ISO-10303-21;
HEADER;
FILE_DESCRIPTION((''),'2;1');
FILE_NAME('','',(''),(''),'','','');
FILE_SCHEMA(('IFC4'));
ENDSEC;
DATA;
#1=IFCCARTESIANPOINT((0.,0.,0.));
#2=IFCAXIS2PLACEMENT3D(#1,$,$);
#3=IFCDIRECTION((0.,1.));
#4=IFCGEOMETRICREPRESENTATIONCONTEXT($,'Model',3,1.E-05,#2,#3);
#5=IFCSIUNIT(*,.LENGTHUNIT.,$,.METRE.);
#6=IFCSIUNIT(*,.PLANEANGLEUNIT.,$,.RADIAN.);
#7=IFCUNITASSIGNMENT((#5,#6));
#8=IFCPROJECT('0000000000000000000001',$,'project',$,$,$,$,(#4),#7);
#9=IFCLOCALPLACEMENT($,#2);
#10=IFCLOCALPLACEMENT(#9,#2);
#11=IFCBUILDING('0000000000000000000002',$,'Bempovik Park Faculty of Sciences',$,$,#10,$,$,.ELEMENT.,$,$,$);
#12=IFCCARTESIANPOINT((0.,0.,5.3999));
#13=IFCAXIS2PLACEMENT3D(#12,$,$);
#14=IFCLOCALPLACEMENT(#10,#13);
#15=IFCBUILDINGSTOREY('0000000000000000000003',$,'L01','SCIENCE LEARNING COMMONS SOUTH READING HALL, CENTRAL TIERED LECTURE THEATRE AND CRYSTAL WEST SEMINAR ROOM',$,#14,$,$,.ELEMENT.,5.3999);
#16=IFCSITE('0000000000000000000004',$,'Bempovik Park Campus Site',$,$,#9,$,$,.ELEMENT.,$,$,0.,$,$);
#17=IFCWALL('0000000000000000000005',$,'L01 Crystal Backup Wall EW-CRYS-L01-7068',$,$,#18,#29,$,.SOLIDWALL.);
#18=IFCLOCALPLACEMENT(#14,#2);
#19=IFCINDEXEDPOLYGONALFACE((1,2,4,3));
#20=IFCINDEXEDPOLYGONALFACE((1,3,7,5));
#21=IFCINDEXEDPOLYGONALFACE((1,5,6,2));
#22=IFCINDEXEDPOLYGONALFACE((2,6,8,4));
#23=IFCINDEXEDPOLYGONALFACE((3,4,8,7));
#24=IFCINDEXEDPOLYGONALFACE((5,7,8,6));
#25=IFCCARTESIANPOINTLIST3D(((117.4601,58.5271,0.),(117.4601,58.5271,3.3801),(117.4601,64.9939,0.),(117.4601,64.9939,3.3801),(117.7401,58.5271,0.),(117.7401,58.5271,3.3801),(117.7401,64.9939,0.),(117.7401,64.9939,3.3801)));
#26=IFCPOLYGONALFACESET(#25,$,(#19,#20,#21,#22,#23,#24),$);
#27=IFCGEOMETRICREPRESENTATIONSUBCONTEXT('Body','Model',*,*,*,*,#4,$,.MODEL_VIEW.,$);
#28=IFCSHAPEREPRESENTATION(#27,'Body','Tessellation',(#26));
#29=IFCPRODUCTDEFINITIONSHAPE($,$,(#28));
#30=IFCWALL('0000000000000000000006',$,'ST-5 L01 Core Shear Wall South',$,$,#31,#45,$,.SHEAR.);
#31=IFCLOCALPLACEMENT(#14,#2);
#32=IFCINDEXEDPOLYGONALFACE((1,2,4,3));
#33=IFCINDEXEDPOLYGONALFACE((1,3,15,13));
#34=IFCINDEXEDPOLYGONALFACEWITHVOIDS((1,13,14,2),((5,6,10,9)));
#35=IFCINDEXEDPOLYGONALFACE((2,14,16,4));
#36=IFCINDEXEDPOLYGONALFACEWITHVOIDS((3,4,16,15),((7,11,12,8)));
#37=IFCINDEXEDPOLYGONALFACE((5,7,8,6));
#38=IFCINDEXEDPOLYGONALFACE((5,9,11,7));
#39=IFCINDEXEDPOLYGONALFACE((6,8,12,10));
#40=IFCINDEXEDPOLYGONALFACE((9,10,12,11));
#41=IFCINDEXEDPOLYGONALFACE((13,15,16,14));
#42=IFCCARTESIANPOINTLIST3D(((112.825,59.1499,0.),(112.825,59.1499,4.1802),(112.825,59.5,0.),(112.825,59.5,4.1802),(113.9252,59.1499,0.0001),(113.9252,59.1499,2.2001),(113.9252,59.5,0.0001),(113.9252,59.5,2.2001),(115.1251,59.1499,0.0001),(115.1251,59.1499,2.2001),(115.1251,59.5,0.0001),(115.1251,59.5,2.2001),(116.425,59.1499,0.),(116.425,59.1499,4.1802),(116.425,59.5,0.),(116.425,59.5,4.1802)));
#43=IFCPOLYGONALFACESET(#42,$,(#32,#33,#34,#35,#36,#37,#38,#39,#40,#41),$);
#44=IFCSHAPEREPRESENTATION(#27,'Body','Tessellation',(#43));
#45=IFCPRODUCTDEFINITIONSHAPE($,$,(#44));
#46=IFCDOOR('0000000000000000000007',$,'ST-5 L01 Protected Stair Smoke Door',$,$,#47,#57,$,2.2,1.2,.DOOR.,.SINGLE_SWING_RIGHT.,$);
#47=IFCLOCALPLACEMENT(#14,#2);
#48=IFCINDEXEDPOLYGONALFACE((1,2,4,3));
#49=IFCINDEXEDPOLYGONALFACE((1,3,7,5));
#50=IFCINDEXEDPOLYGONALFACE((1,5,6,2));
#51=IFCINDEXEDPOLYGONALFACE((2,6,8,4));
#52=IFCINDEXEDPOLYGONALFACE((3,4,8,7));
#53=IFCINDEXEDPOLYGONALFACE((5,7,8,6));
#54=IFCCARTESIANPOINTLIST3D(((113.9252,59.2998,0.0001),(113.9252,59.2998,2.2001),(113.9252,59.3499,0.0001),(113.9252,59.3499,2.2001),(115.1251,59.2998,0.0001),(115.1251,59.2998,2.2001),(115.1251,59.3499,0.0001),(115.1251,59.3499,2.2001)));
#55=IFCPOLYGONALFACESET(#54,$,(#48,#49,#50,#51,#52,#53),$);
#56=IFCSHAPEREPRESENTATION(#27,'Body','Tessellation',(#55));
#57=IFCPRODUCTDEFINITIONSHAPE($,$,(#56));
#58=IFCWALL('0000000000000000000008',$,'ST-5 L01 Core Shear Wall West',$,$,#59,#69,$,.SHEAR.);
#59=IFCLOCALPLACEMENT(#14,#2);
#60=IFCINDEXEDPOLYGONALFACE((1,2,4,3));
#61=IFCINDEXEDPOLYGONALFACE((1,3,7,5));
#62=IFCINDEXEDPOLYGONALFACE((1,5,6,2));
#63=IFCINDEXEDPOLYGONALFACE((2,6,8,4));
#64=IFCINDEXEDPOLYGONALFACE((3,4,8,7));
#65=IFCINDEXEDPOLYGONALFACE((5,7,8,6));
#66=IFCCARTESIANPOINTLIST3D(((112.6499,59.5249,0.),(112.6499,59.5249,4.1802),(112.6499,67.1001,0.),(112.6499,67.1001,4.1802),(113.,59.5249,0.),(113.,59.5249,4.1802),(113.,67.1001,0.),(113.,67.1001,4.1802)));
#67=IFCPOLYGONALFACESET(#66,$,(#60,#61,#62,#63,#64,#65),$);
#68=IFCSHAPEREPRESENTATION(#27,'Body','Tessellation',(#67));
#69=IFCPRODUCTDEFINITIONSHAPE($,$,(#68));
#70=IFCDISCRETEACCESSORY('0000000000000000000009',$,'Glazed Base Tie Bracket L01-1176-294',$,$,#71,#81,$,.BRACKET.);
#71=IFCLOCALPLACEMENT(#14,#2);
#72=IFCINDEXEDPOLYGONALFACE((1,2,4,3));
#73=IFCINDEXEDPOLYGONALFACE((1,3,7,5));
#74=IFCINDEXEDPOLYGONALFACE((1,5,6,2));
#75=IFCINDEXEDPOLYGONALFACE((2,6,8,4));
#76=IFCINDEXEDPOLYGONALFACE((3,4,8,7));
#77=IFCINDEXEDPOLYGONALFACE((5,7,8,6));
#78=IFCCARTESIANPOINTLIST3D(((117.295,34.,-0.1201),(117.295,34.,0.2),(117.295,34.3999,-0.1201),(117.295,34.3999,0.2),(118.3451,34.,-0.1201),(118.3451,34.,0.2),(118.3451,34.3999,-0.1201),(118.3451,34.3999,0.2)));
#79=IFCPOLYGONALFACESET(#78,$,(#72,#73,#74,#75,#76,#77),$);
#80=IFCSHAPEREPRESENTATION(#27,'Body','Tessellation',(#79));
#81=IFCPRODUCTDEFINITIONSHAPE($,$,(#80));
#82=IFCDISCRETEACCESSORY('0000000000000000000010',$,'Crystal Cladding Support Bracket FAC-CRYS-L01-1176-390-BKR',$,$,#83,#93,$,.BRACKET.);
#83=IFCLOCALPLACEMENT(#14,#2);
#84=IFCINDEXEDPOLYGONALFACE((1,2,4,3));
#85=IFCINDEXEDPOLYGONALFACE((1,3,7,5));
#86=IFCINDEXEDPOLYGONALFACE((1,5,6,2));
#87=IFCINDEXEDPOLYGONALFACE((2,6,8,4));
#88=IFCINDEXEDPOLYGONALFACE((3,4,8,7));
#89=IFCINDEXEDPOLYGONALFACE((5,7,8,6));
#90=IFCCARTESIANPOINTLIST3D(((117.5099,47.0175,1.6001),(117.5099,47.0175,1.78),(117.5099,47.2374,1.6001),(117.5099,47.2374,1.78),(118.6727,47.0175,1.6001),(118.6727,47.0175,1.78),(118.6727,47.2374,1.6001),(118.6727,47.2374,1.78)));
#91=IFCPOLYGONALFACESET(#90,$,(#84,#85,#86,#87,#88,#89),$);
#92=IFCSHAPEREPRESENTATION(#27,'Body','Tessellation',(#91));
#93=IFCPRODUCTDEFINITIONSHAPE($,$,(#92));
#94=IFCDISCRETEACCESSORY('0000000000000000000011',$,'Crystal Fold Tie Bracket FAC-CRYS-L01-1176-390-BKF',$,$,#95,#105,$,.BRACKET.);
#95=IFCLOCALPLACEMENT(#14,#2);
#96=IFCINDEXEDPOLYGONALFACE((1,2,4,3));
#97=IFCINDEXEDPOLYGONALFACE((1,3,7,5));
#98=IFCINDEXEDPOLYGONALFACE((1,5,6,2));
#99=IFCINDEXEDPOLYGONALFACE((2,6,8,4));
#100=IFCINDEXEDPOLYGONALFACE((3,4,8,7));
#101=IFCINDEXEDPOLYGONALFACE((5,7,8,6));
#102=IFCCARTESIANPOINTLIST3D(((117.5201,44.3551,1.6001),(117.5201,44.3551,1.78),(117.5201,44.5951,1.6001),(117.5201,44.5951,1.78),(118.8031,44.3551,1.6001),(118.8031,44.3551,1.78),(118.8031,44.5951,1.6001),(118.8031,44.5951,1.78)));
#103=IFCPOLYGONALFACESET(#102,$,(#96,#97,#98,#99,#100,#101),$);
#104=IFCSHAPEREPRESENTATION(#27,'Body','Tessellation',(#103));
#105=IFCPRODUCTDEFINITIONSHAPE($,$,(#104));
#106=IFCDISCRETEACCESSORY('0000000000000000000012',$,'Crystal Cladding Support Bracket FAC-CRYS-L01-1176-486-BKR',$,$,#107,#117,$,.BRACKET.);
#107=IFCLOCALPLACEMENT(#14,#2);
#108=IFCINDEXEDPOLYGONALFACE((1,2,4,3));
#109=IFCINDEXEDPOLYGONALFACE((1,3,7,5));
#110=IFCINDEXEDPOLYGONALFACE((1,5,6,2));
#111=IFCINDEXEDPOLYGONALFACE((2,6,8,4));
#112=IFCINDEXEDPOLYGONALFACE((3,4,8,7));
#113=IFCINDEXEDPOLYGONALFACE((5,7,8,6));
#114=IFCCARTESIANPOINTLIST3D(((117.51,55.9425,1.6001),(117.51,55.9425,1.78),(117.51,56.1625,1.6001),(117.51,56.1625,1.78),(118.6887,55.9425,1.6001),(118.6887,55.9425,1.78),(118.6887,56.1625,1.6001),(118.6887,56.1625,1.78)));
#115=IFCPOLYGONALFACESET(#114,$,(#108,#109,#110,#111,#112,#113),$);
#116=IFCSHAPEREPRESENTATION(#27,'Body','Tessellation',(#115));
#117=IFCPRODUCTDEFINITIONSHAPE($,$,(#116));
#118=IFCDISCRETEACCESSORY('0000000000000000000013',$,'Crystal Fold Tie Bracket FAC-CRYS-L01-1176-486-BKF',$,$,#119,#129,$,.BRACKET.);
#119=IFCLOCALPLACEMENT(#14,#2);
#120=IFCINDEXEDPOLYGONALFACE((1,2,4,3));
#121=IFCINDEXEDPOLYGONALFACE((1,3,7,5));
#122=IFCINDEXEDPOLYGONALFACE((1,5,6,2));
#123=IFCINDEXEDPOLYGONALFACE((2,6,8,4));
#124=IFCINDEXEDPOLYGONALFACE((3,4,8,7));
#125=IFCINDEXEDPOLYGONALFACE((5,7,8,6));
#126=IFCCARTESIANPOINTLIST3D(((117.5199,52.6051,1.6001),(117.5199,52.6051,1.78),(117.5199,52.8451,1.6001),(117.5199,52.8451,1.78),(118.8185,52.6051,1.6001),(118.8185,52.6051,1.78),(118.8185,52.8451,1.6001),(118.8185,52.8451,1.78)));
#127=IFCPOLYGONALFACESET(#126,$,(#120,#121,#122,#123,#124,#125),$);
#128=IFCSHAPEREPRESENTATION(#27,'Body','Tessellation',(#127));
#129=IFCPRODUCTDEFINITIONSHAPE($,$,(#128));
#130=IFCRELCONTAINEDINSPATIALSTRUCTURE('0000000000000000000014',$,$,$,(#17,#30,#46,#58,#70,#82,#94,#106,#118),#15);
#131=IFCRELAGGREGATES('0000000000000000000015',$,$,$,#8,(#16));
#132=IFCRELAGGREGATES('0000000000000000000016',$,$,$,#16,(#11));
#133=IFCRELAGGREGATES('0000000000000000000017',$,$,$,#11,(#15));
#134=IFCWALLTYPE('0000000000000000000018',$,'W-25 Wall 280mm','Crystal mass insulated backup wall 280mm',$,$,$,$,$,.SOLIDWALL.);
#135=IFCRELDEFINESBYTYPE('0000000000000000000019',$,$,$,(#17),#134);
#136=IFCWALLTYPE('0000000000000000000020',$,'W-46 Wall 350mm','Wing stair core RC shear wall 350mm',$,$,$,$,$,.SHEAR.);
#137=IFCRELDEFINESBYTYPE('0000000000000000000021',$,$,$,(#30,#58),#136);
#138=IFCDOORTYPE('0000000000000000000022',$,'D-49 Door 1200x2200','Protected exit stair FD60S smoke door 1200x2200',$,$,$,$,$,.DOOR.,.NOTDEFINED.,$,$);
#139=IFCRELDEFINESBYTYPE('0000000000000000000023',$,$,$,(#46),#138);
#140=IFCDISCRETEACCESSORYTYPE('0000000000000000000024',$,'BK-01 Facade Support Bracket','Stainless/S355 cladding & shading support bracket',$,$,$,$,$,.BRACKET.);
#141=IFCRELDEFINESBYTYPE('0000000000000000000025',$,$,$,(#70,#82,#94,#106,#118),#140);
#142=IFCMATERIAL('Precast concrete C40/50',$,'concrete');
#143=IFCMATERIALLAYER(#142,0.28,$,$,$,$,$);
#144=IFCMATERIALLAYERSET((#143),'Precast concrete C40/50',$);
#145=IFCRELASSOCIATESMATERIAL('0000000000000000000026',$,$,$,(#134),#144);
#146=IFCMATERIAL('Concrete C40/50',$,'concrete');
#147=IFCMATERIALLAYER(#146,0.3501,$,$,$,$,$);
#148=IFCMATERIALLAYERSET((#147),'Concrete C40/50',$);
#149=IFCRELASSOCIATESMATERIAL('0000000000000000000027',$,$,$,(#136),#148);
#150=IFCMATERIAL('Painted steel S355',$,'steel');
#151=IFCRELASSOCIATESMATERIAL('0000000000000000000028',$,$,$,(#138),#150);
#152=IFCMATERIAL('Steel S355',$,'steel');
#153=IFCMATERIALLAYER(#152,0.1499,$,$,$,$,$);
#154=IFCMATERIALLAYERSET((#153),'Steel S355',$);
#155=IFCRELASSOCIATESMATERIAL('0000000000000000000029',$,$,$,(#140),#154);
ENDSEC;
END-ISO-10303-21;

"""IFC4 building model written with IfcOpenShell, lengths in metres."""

from ifc_helpers import new_model, si_unit, direction, frame, frame_2d, origin, origin_2d, place, context, subcontext, project, spatial, rectangle, extrude, material, layer, layer_set, type_object, element, fill, save


model = new_model("IFC4")

# Units and contexts
model_context = context("Model", 3, precision=1e-05, world=origin(), true_north=direction((0.0, 1.0)))
body_context = subcontext(model_context, "Body", "Model", "MODEL_VIEW")
ifc_project = project(units=[si_unit("LENGTHUNIT", "METRE"), si_unit("PLANEANGLEUNIT", "RADIAN")], contexts=[model_context])

# Site, building, storey
site_placement = place(None, origin())
site = spatial("IfcSite", under=ifc_project, at=site_placement, Name="Bempovik Park Campus Site", CompositionType="ELEMENT", RefElevation=0.0)
building_placement = place(site_placement, origin())
building = spatial("IfcBuilding", under=site, at=building_placement, Name="Bempovik Park Faculty of Sciences", CompositionType="ELEMENT")
storey_placement = place(building_placement, frame((0.0, 0.0, 5.3999)))
storey = spatial("IfcBuildingStorey", under=building, at=storey_placement, Name="L01", Description="SCIENCE LEARNING COMMONS SOUTH READING HALL, CENTRAL TIERED LECTURE THEATRE AND CRYSTAL WEST SEMINAR ROOM", CompositionType="ELEMENT", Elevation=5.3999)

# Shared definitions
ifc_material_1 = material(Name="Concrete C40/50", Category="concrete")

# Wall
ifc_material_2 = material(Name="Precast concrete C40/50", Category="concrete")
ifc_layer_1 = layer(ifc_material_2, 0.28)
ifc_layer_set_1 = layer_set([ifc_layer_1], Name="Precast concrete C40/50")
wall_type_1 = type_object("IfcWallType", Name="W-25 Wall 280mm", Description="Crystal mass insulated backup wall 280mm", PredefinedType="SOLIDWALL", material=ifc_layer_set_1)
wall_1_placement = place(storey_placement, frame((117.6001, 58.5271, 0.0), z_axis=(0.0, 0.0, 1.0), x_axis=(0.0, 1.0, 0.0)))
element("IfcWall", 1, at=wall_1_placement, inside=storey, type_object=wall_type_1, Name="L01 Crystal Backup Wall EW-CRYS-L01-7068", PredefinedType="SOLIDWALL", context=body_context, shape_type="SweptSolid", body=[
    extrude(rectangle(XDim=6.4668, YDim=0.28, at=frame_2d((3.2334, 0.0))), origin(), (0.0, 0.0, 1.0), 3.3801),
])

# Wall, opening, door
ifc_layer_2 = layer(ifc_material_1, 0.3501)
ifc_layer_set_2 = layer_set([ifc_layer_2], Name="Concrete C40/50")
wall_type_2 = type_object("IfcWallType", Name="W-46 Wall 350mm", Description="Wing stair core RC shear wall 350mm", PredefinedType="SHEAR", material=ifc_layer_set_2)
wall_2_placement = place(storey_placement, frame((112.825, 59.325, 0.0), z_axis=(0.0, 0.0, 1.0), x_axis=(1.0, 0.0, 0.0)))
wall_2 = element("IfcWall", 2, at=wall_2_placement, inside=storey, type_object=wall_type_2, Name="ST-5 L01 Core Shear Wall South", PredefinedType="SHEAR", context=body_context, shape_type="SweptSolid", body=[
    extrude(rectangle(XDim=3.6001, YDim=0.3501, at=frame_2d((1.8, 0.0))), origin(), (0.0, 0.0, 1.0), 4.1802),
])
opening_placement = place(wall_2_placement, frame((1.1001, 0.0, 0.0)))
opening = element("IfcOpeningElement", 3, at=opening_placement, cuts=wall_2, PredefinedType="OPENING", context=body_context, shape_type="SweptSolid", body=[
    extrude(rectangle(XDim=1.2, YDim=2.2, at=frame_2d((0.6001, 1.1001))), frame((0.0, 0.1851, 0.0), z_axis=(0.0, -1.0, 0.0), x_axis=(1.0, 0.0, 0.0)), (0.0, 0.0, 1.0), 0.3701),
])
ifc_material_3 = material(Name="Painted steel S355", Category="steel")
door_type = type_object("IfcDoorType", Name="D-49 Door 1200x2200", Description="Protected exit stair FD60S smoke door 1200x2200", OperationType="NOTDEFINED", PredefinedType="DOOR", material=ifc_material_3)
door_placement = place(opening_placement, origin())
door = element("IfcDoor", 4, at=door_placement, inside=storey, type_object=door_type, Name="ST-5 L01 Protected Stair Smoke Door", OperationType="SINGLE_SWING_RIGHT", OverallHeight=2.2, OverallWidth=1.2, PredefinedType="DOOR", context=body_context, shape_type="SweptSolid", body=[
    extrude(rectangle(XDim=1.2, YDim=2.2, at=frame_2d((0.6001, 1.1001))), frame((0.0, 0.0249, 0.0), z_axis=(0.0, -1.0, 0.0), x_axis=(1.0, 0.0, 0.0)), (0.0, 0.0, 1.0), 0.05),
])
fill(opening, door)

# Wall
wall_3_placement = place(storey_placement, frame((112.825, 59.5249, 0.0), z_axis=(0.0, 0.0, 1.0), x_axis=(0.0, 1.0, 0.0)))
element("IfcWall", 5, at=wall_3_placement, inside=storey, type_object=wall_type_2, Name="ST-5 L01 Core Shear Wall West", PredefinedType="SHEAR", context=body_context, shape_type="SweptSolid", body=[
    extrude(rectangle(XDim=7.5752, YDim=0.3501, at=frame_2d((3.7876, 0.0))), origin(), (0.0, 0.0, 1.0), 4.1802),
])

# Discrete accessories
ifc_material_4 = material(Name="Steel S355", Category="steel")
ifc_layer_3 = layer(ifc_material_4, 0.1499)
ifc_layer_set_3 = layer_set([ifc_layer_3], Name="Steel S355")
discrete_accessory_type = type_object("IfcDiscreteAccessoryType", Name="BK-01 Facade Support Bracket", Description="Stainless/S355 cladding & shading support bracket", PredefinedType="BRACKET", material=ifc_layer_set_3)
discrete_accessory_1_placement = place(storey_placement, frame((117.8201, 34.2, -0.1201), z_axis=(0.0, 0.0, 1.0), x_axis=(1.0, 0.0, 0.0)))
element("IfcDiscreteAccessory", 6, at=discrete_accessory_1_placement, inside=storey, type_object=discrete_accessory_type, Name="Glazed Base Tie Bracket L01-1176-294", PredefinedType="BRACKET", context=body_context, shape_type="SweptSolid", body=[
    extrude(rectangle(XDim=1.05, YDim=0.3999, at=origin_2d()), origin(), (0.0, 0.0, 1.0), 0.3201),
])
discrete_accessory_2_placement = place(storey_placement, frame((118.0913, 47.1274, 1.6001), z_axis=(0.0, 0.0, 1.0), x_axis=(1.0, 0.0, 0.0)))
element("IfcDiscreteAccessory", 7, at=discrete_accessory_2_placement, inside=storey, type_object=discrete_accessory_type, Name="Crystal Cladding Support Bracket FAC-CRYS-L01-1176-390-BKR", PredefinedType="BRACKET", context=body_context, shape_type="SweptSolid", body=[
    extrude(rectangle(XDim=1.1628, YDim=0.22, at=origin_2d()), origin(), (0.0, 0.0, 1.0), 0.1799),
])
discrete_accessory_3_placement = place(storey_placement, frame((118.1616, 44.4751, 1.6001), z_axis=(0.0, 0.0, 1.0), x_axis=(1.0, 0.0, 0.0)))
element("IfcDiscreteAccessory", 8, at=discrete_accessory_3_placement, inside=storey, type_object=discrete_accessory_type, Name="Crystal Fold Tie Bracket FAC-CRYS-L01-1176-390-BKF", PredefinedType="BRACKET", context=body_context, shape_type="SweptSolid", body=[
    extrude(rectangle(XDim=1.283, YDim=0.24, at=origin_2d()), origin(), (0.0, 0.0, 1.0), 0.1799),
])
discrete_accessory_4_placement = place(storey_placement, frame((118.0994, 56.0525, 1.6001), z_axis=(0.0, 0.0, 1.0), x_axis=(1.0, 0.0, 0.0)))
element("IfcDiscreteAccessory", 9, at=discrete_accessory_4_placement, inside=storey, type_object=discrete_accessory_type, Name="Crystal Cladding Support Bracket FAC-CRYS-L01-1176-486-BKR", PredefinedType="BRACKET", context=body_context, shape_type="SweptSolid", body=[
    extrude(rectangle(XDim=1.1787, YDim=0.22, at=origin_2d()), origin(), (0.0, 0.0, 1.0), 0.1799),
])
discrete_accessory_5_placement = place(storey_placement, frame((118.1692, 52.7251, 1.6001), z_axis=(0.0, 0.0, 1.0), x_axis=(1.0, 0.0, 0.0)))
element("IfcDiscreteAccessory", 10, at=discrete_accessory_5_placement, inside=storey, type_object=discrete_accessory_type, Name="Crystal Fold Tie Bracket FAC-CRYS-L01-1176-486-BKF", PredefinedType="BRACKET", context=body_context, shape_type="SweptSolid", body=[
    extrude(rectangle(XDim=1.2986, YDim=0.24, at=origin_2d()), origin(), (0.0, 0.0, 1.0), 0.1799),
])

save(model, "model.ifc")
